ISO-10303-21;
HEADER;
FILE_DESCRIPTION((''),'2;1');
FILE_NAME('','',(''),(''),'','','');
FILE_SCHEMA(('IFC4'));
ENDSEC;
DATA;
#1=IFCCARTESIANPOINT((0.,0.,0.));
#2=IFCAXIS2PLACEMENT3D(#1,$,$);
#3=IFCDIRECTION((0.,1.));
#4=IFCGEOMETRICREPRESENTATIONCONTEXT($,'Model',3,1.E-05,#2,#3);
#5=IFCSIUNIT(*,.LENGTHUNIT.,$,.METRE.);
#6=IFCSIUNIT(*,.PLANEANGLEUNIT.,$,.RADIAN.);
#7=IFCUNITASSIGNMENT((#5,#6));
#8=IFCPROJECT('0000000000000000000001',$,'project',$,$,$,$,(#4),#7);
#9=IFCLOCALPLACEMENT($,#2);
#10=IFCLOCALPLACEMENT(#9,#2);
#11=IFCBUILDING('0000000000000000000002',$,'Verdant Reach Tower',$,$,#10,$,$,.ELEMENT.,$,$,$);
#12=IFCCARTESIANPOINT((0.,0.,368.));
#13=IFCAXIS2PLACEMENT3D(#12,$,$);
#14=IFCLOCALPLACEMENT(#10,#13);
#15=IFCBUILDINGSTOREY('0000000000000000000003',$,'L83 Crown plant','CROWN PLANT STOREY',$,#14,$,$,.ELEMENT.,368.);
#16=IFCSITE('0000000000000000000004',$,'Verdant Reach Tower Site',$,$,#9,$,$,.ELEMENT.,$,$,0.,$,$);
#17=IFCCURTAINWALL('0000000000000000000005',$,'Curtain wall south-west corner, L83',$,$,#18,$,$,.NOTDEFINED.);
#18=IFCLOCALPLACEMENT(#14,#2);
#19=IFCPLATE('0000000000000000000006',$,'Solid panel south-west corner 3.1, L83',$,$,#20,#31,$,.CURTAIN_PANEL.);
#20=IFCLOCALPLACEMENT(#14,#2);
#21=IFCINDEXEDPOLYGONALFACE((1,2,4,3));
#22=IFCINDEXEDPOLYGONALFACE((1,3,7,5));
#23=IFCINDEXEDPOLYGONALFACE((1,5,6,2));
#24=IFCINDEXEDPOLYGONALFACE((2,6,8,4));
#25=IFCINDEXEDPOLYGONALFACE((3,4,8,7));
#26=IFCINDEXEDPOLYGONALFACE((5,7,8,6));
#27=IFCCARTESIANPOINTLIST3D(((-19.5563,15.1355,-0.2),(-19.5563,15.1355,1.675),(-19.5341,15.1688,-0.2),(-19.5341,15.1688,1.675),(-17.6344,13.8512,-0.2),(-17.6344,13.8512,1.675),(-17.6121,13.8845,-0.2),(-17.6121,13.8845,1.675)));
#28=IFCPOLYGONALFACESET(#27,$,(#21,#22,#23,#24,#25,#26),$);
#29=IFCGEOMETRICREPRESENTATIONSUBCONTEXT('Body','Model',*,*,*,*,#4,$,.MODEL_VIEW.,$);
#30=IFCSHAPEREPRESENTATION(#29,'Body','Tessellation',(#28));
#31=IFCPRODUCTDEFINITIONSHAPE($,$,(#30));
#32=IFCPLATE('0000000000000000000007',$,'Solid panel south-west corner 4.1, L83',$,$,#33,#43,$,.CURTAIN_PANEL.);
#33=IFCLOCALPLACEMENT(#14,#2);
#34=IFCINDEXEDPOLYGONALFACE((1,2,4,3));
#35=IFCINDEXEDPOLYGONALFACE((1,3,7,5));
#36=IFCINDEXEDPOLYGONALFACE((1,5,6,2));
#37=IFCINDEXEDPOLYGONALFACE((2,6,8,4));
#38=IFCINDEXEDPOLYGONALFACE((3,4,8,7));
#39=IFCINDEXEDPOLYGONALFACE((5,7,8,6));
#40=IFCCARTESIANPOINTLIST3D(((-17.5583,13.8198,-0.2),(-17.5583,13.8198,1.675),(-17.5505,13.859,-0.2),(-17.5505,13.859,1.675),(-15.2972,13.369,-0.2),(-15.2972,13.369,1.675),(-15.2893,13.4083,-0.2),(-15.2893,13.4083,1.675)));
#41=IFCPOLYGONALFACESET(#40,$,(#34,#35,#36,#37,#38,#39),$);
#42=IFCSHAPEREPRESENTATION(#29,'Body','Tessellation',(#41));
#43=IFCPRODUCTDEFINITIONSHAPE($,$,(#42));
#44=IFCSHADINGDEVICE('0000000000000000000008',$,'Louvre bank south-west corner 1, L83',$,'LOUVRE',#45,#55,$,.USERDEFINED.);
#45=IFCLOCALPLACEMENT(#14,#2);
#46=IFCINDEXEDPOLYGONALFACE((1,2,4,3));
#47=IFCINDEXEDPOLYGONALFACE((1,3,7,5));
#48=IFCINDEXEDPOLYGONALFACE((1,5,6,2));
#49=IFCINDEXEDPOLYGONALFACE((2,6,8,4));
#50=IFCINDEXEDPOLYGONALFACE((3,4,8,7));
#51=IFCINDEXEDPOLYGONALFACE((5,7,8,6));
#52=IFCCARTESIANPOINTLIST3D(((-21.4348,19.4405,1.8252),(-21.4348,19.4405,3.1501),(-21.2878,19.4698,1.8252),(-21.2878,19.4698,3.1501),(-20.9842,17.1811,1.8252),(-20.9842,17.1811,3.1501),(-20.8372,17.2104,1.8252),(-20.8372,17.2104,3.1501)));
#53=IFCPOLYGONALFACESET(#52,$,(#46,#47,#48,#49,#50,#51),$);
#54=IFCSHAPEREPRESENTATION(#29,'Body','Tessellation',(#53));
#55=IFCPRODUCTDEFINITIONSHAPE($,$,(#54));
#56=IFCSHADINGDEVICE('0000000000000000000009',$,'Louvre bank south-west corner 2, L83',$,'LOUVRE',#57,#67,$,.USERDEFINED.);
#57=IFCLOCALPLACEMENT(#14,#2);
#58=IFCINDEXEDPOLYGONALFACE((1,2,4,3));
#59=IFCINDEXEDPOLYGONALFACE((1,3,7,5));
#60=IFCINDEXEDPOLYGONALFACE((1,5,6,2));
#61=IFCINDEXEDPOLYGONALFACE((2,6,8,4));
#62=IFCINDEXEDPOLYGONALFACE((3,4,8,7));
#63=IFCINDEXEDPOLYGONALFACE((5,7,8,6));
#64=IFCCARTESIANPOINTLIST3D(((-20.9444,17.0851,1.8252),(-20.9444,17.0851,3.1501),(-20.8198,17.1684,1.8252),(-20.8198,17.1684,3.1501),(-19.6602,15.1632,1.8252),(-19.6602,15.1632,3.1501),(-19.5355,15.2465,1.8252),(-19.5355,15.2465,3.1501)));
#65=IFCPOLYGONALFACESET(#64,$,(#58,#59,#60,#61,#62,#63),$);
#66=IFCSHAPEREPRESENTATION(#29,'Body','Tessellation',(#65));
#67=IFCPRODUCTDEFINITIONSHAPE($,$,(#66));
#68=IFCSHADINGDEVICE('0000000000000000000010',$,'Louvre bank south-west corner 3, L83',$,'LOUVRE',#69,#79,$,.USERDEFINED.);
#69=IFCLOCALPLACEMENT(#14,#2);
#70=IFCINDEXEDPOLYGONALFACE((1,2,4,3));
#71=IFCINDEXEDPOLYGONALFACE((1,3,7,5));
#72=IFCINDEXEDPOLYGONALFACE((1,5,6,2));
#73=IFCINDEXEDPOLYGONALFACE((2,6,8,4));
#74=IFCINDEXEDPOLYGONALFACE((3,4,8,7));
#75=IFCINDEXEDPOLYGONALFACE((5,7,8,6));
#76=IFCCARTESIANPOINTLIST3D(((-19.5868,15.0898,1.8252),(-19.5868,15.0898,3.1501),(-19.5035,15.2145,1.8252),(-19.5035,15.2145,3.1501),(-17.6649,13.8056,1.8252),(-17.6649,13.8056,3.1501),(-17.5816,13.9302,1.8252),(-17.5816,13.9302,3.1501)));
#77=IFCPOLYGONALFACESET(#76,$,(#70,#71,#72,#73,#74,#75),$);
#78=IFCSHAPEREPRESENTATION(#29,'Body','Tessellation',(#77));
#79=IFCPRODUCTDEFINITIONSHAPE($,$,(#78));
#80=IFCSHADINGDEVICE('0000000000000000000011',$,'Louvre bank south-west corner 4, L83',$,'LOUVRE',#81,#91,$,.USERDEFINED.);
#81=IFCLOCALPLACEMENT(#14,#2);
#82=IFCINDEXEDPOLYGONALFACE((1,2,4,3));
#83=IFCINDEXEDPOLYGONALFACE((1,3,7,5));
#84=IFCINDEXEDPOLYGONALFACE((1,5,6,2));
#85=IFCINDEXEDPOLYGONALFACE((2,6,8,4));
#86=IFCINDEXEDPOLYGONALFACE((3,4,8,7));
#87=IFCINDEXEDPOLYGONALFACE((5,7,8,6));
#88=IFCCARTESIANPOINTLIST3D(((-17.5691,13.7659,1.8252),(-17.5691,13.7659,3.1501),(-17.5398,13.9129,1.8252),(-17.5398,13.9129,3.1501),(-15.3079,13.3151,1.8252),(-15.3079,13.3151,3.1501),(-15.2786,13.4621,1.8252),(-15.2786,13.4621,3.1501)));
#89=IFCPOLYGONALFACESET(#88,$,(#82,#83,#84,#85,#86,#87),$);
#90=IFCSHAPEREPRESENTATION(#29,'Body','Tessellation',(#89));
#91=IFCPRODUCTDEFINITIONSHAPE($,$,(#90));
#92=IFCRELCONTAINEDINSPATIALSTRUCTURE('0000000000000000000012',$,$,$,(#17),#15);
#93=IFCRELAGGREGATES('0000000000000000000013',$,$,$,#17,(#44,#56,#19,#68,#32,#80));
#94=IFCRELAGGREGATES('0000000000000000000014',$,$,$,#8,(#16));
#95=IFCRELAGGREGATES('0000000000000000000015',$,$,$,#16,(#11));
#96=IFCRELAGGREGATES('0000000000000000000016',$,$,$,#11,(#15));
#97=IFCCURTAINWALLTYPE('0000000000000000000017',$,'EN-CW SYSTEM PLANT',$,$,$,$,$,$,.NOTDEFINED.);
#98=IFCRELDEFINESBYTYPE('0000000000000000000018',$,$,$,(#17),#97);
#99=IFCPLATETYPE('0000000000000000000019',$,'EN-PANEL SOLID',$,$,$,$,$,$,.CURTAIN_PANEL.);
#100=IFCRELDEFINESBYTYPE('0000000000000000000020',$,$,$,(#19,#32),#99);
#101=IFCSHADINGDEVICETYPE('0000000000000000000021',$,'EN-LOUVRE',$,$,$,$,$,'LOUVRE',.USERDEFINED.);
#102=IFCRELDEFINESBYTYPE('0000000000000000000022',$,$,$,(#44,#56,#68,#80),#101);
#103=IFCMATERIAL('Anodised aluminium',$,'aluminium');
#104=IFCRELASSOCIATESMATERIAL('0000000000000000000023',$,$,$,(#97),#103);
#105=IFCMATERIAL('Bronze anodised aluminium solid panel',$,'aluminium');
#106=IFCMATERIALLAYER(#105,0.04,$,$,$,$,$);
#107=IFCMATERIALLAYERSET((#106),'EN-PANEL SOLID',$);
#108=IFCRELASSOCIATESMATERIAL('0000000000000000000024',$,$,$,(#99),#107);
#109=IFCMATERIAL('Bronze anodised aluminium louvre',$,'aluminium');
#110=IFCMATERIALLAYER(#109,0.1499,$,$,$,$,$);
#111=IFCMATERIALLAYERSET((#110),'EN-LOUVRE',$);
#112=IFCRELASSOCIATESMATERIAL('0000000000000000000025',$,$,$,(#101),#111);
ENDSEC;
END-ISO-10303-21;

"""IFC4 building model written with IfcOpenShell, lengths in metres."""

from ifc_helpers import new_model, si_unit, direction, frame, origin, origin_2d, place, context, subcontext, project, spatial, rectangle, extrude, material, layer, layer_set, type_object, element, aggregate, save


model = new_model("IFC4")

# Units and contexts
model_context = context("Model", 3, precision=1e-05, world=origin(), true_north=direction((0.0, 1.0)))
body_context = subcontext(model_context, "Body", "Model", "MODEL_VIEW")
ifc_project = project(units=[si_unit("LENGTHUNIT", "METRE"), si_unit("PLANEANGLEUNIT", "RADIAN")], contexts=[model_context])

# Site, building, storey
site_placement = place(None, origin())
site = spatial("IfcSite", under=ifc_project, at=site_placement, Name="Verdant Reach Tower Site", CompositionType="ELEMENT", RefElevation=0.0)
building_placement = place(site_placement, origin())
building = spatial("IfcBuilding", under=site, at=building_placement, Name="Verdant Reach Tower", CompositionType="ELEMENT")
storey_placement = place(building_placement, frame((0.0, 0.0, 368.0)))
storey = spatial("IfcBuildingStorey", under=building, at=storey_placement, Name="L83 Crown plant", Description="CROWN PLANT STOREY", CompositionType="ELEMENT", Elevation=368.0)

# Curtain wall
ifc_material_1 = material(Name="Anodised aluminium", Category="aluminium")
curtain_wall_type = type_object("IfcCurtainWallType", Name="EN-CW SYSTEM PLANT", PredefinedType="NOTDEFINED", material=ifc_material_1)
curtain_wall_1_placement = place(storey_placement, origin())
curtain_wall_1 = element("IfcCurtainWall", 1, at=curtain_wall_1_placement, inside=storey, type_object=curtain_wall_type, Name="Curtain wall south-west corner, L83", PredefinedType="NOTDEFINED")

# Plates
ifc_material_2 = material(Name="Bronze anodised aluminium solid panel", Category="aluminium")
ifc_layer_1 = layer(ifc_material_2, 0.04)
ifc_layer_set_1 = layer_set([ifc_layer_1], Name="EN-PANEL SOLID")
plate_type = type_object("IfcPlateType", Name="EN-PANEL SOLID", PredefinedType="CURTAIN_PANEL", material=ifc_layer_set_1)
plate_1_placement = place(storey_placement, frame((-18.5842, 14.51, -0.2), z_axis=(0.0, 0.0, 1.0), x_axis=(0.831452, -0.555596, 0.0)))
plate_1 = element("IfcPlate", 2, at=plate_1_placement, type_object=plate_type, Name="Solid panel south-west corner 3.1, L83", PredefinedType="CURTAIN_PANEL", context=body_context, shape_type="SweptSolid", body=[
    extrude(rectangle(XDim=2.3115, YDim=0.04, at=origin_2d()), origin(), (0.0, 0.0, 1.0), 1.875),
])
plate_2_placement = place(storey_placement, frame((-16.4238, 13.614, -0.2), z_axis=(0.0, 0.0, 1.0), x_axis=(0.980705, -0.195493, 0.0)))
plate_2 = element("IfcPlate", 3, at=plate_2_placement, type_object=plate_type, Name="Solid panel south-west corner 4.1, L83", PredefinedType="CURTAIN_PANEL", context=body_context, shape_type="SweptSolid", body=[
    extrude(rectangle(XDim=2.3057, YDim=0.04, at=origin_2d()), origin(), (0.0, 0.0, 1.0), 1.875),
])

# Shading devices
ifc_material_3 = material(Name="Bronze anodised aluminium louvre", Category="aluminium")
ifc_layer_2 = layer(ifc_material_3, 0.1499)
ifc_layer_set_2 = layer_set([ifc_layer_2], Name="EN-LOUVRE")
shading_device_type = type_object("IfcShadingDeviceType", Name="EN-LOUVRE", ElementType="LOUVRE", PredefinedType="USERDEFINED", material=ifc_layer_set_2)
shading_device_1_placement = place(storey_placement, frame((-21.136, 18.3254, 1.8252), z_axis=(0.0, 0.0, 1.0), x_axis=(0.195593, -0.980685, 0.0)))
shading_device_1 = element("IfcShadingDevice", 4, at=shading_device_1_placement, type_object=shading_device_type, Name="Louvre bank south-west corner 1, L83", ObjectType="LOUVRE", PredefinedType="USERDEFINED", context=body_context, shape_type="SweptSolid", body=[
    extrude(rectangle(XDim=2.304, YDim=0.1499, at=origin_2d()), origin(), (0.0, 0.0, 1.0), 1.325),
])
shading_device_2_placement = place(storey_placement, frame((-20.24, 16.1658, 1.8252), z_axis=(0.0, 0.0, 1.0), x_axis=(0.555596, -0.831452, 0.0)))
shading_device_2 = element("IfcShadingDevice", 5, at=shading_device_2_placement, type_object=shading_device_type, Name="Louvre bank south-west corner 2, L83", ObjectType="LOUVRE", PredefinedType="USERDEFINED", context=body_context, shape_type="SweptSolid", body=[
    extrude(rectangle(XDim=2.3115, YDim=0.1499, at=origin_2d()), origin(), (0.0, 0.0, 1.0), 1.325),
])
shading_device_3_placement = place(storey_placement, frame((-18.5842, 14.51, 1.8252), z_axis=(0.0, 0.0, 1.0), x_axis=(0.831452, -0.555596, 0.0)))
shading_device_3 = element("IfcShadingDevice", 6, at=shading_device_3_placement, type_object=shading_device_type, Name="Louvre bank south-west corner 3, L83", ObjectType="LOUVRE", PredefinedType="USERDEFINED", context=body_context, shape_type="SweptSolid", body=[
    extrude(rectangle(XDim=2.3115, YDim=0.1499, at=origin_2d()), origin(), (0.0, 0.0, 1.0), 1.325),
])
shading_device_4_placement = place(storey_placement, frame((-16.4238, 13.614, 1.8252), z_axis=(0.0, 0.0, 1.0), x_axis=(0.980705, -0.195493, 0.0)))
shading_device_4 = element("IfcShadingDevice", 7, at=shading_device_4_placement, type_object=shading_device_type, Name="Louvre bank south-west corner 4, L83", ObjectType="LOUVRE", PredefinedType="USERDEFINED", context=body_context, shape_type="SweptSolid", body=[
    extrude(rectangle(XDim=2.3057, YDim=0.1499, at=origin_2d()), origin(), (0.0, 0.0, 1.0), 1.325),
])
aggregate(curtain_wall_1, [shading_device_1, shading_device_2, plate_1, shading_device_3, plate_2, shading_device_4])

save(model, "model.ifc")
